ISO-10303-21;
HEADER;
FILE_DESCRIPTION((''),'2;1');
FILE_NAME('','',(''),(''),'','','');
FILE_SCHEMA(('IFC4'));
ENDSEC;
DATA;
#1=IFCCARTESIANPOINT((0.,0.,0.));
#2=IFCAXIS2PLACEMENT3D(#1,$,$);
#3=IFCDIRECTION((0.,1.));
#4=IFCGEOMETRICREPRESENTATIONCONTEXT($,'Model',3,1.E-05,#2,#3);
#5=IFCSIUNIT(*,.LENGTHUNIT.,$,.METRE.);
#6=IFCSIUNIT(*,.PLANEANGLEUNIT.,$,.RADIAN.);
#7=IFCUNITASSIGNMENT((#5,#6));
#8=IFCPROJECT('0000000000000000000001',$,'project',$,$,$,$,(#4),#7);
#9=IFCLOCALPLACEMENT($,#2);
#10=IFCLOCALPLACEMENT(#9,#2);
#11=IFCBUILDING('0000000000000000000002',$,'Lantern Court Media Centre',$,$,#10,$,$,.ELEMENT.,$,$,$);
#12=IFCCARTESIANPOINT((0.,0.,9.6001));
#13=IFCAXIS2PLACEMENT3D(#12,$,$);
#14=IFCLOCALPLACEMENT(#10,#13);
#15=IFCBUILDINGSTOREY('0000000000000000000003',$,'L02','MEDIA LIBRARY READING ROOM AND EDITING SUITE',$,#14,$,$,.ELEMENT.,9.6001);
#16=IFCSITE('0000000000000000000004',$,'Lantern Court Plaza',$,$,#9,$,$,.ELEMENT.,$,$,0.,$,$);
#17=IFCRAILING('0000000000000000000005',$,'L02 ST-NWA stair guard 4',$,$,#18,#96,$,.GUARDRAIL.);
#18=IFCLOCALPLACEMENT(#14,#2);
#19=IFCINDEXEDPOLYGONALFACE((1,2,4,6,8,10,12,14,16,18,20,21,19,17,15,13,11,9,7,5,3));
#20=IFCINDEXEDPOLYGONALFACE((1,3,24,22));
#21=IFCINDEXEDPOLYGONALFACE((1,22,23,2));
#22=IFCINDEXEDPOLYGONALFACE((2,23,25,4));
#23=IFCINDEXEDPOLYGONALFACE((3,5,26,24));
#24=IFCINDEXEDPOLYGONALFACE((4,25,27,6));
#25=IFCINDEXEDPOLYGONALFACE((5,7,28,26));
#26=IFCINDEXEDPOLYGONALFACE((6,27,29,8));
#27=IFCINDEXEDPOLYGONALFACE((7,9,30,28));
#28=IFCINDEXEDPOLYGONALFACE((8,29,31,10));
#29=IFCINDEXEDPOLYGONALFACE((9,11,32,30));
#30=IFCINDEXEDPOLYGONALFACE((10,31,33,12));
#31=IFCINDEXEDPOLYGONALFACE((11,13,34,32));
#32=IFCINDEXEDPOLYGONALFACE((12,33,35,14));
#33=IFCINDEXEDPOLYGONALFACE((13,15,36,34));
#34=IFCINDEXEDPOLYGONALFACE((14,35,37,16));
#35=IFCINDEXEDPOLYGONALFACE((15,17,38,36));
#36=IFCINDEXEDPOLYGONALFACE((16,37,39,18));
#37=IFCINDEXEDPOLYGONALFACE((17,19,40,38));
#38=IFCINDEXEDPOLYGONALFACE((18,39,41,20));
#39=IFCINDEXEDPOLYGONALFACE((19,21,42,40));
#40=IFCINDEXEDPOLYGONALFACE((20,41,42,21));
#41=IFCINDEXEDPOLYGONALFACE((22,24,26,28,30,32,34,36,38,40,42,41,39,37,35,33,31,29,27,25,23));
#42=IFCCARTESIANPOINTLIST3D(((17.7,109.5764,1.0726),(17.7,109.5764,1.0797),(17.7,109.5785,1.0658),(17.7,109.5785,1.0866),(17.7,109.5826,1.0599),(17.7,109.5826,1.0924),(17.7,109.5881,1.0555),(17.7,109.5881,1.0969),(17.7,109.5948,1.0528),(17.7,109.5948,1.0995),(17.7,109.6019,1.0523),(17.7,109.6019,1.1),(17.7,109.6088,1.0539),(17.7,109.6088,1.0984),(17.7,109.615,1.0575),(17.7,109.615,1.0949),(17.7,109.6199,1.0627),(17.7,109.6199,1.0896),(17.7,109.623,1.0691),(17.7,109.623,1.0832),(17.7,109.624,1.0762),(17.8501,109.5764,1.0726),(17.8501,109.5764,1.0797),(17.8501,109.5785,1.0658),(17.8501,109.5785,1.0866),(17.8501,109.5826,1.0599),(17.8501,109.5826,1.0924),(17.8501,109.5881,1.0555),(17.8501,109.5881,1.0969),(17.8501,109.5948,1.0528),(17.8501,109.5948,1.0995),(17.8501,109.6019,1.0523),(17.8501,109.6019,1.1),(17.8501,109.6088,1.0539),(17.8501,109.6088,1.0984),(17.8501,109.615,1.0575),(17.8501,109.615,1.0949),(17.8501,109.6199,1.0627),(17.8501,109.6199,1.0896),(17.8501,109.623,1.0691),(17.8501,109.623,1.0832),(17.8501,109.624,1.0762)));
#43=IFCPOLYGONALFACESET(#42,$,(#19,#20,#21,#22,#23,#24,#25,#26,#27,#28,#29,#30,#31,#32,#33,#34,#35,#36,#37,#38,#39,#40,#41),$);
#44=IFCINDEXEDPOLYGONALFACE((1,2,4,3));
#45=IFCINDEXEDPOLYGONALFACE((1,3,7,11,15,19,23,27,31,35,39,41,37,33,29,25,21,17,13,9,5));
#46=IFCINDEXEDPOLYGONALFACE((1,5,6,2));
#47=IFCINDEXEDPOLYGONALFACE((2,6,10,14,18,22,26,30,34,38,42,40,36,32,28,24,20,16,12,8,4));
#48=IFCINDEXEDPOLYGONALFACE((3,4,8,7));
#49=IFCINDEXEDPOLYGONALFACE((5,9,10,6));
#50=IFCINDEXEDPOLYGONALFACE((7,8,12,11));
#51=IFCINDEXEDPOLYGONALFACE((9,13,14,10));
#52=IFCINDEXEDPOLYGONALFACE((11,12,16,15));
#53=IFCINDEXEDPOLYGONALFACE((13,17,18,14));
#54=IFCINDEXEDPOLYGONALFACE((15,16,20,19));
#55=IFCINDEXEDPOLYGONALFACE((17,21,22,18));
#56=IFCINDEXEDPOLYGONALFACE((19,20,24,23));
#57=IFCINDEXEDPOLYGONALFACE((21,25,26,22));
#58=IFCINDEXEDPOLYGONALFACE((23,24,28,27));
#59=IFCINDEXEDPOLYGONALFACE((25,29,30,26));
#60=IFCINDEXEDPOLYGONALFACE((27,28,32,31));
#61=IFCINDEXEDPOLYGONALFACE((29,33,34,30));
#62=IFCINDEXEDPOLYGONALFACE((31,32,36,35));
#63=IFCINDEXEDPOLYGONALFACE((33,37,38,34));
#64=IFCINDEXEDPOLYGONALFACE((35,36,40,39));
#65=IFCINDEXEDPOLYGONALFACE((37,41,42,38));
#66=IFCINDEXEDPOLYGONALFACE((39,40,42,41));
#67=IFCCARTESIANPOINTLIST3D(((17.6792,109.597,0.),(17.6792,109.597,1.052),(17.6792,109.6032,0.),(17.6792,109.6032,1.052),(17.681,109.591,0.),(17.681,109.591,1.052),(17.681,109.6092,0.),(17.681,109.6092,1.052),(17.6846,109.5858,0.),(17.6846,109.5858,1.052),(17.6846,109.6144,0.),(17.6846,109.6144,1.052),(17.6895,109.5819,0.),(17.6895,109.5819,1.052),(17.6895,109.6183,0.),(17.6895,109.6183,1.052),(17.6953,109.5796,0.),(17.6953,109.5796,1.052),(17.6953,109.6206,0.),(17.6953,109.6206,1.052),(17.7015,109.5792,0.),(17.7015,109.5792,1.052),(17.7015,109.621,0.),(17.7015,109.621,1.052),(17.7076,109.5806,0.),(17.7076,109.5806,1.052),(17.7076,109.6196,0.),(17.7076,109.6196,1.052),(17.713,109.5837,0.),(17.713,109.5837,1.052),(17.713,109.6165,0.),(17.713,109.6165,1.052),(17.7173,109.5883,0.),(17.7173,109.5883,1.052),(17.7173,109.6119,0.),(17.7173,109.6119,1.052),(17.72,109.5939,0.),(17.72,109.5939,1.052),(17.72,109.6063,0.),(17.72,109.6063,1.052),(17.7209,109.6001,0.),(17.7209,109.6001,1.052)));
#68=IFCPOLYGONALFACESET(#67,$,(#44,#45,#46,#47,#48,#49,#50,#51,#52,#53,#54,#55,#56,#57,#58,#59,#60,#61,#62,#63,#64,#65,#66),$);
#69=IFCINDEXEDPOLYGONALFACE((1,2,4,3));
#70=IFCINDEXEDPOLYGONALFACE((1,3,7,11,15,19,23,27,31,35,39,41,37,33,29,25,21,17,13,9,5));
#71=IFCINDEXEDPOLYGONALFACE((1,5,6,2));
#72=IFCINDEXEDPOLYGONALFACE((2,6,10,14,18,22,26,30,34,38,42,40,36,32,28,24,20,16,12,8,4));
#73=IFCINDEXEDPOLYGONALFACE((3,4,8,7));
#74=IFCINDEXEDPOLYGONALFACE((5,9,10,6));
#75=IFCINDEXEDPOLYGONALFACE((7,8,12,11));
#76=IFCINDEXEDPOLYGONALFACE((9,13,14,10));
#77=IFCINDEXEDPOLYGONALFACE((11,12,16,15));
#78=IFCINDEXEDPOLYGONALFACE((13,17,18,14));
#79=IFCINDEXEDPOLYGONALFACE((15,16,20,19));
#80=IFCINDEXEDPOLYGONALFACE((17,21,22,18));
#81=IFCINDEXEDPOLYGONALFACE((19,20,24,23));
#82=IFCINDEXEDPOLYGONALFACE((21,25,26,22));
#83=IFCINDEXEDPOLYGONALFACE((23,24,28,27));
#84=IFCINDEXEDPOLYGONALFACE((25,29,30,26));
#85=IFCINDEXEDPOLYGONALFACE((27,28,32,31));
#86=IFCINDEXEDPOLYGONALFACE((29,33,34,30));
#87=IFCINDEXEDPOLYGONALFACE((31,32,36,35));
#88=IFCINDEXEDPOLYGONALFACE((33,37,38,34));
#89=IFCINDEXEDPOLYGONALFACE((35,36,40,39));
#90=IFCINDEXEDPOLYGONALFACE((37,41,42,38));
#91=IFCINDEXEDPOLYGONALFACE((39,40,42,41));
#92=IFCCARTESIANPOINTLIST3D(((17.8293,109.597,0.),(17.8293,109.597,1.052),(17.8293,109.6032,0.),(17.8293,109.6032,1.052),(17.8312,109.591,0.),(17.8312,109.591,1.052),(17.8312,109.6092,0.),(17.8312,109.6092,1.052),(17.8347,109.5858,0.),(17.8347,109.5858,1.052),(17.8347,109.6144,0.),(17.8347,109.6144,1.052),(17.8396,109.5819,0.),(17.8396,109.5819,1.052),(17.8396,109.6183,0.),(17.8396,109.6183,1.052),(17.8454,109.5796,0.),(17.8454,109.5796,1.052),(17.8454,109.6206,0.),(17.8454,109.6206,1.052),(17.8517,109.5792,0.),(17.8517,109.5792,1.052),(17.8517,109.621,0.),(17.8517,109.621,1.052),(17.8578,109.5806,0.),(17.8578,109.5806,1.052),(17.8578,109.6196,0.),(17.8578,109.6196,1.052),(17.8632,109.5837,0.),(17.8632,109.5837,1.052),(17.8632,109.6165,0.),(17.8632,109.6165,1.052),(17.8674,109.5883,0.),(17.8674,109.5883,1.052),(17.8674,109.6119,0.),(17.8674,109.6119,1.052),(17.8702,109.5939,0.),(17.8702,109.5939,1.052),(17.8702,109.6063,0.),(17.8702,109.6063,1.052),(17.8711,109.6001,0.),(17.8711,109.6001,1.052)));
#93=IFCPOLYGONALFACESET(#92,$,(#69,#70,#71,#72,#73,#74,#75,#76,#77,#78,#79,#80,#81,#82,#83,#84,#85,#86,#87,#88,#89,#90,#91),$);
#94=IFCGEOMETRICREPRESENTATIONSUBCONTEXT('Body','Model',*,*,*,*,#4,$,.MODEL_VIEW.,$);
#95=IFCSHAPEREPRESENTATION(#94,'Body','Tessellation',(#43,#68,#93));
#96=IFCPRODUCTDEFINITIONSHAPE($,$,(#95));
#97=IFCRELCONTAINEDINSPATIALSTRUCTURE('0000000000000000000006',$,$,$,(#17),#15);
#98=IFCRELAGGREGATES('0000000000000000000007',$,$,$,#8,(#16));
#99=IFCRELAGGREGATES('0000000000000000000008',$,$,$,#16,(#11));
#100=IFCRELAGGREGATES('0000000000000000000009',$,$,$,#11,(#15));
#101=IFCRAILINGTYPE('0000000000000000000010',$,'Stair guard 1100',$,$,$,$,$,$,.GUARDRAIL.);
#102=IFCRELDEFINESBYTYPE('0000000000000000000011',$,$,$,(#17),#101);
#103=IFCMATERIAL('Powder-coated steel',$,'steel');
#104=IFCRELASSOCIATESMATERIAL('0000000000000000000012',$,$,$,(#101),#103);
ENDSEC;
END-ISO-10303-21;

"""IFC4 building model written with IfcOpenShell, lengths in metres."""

from ifc_helpers import new_model, si_unit, direction, frame, origin, origin_2d, place, context, subcontext, project, spatial, circle, extrude, material, type_object, element, save


model = new_model("IFC4")

# Units and contexts
model_context = context("Model", 3, precision=1e-05, world=origin(), true_north=direction((0.0, 1.0)))
body_context = subcontext(model_context, "Body", "Model", "MODEL_VIEW")
ifc_project = project(units=[si_unit("LENGTHUNIT", "METRE"), si_unit("PLANEANGLEUNIT", "RADIAN")], contexts=[model_context])

# Site, building, storey
site_placement = place(None, origin())
site = spatial("IfcSite", under=ifc_project, at=site_placement, Name="Lantern Court Plaza", CompositionType="ELEMENT", RefElevation=0.0)
building_placement = place(site_placement, origin())
building = spatial("IfcBuilding", under=site, at=building_placement, Name="Lantern Court Media Centre", CompositionType="ELEMENT")
storey_placement = place(building_placement, frame((0.0, 0.0, 9.6001)))
storey = spatial("IfcBuildingStorey", under=building, at=storey_placement, Name="L02", Description="MEDIA LIBRARY READING ROOM AND EDITING SUITE", CompositionType="ELEMENT", Elevation=9.6001)

# Shared definitions
ifc_material_1 = material(Name="Powder-coated steel", Category="steel")

# Railing
railing_type_1 = type_object("IfcRailingType", Name="Stair guard 1100", PredefinedType="GUARDRAIL", material=ifc_material_1)
railing_1_placement = place(storey_placement, frame((17.7, 109.6001, 0.0)))
element("IfcRailing", 1, at=railing_1_placement, inside=storey, type_object=railing_type_1, Name="L02 ST-NWA stair guard 4", PredefinedType="GUARDRAIL", context=body_context, shape_type="SweptSolid", body=[
    extrude(circle(Radius=0.0239, at=origin_2d()), frame((0.0, 0.0, 1.0762), z_axis=(1.0, 0.0, 0.0), x_axis=(0.0, 1.0, 0.0)), (0.0, 0.0, 1.0), 0.1501),
    extrude(circle(Radius=0.021, at=origin_2d()), origin(), (0.0, 0.0, 1.0), 1.052),
    extrude(circle(Radius=0.021, at=origin_2d()), frame((0.1501, 0.0, 0.0)), (0.0, 0.0, 1.0), 1.052),
])

save(model, "model.ifc")
